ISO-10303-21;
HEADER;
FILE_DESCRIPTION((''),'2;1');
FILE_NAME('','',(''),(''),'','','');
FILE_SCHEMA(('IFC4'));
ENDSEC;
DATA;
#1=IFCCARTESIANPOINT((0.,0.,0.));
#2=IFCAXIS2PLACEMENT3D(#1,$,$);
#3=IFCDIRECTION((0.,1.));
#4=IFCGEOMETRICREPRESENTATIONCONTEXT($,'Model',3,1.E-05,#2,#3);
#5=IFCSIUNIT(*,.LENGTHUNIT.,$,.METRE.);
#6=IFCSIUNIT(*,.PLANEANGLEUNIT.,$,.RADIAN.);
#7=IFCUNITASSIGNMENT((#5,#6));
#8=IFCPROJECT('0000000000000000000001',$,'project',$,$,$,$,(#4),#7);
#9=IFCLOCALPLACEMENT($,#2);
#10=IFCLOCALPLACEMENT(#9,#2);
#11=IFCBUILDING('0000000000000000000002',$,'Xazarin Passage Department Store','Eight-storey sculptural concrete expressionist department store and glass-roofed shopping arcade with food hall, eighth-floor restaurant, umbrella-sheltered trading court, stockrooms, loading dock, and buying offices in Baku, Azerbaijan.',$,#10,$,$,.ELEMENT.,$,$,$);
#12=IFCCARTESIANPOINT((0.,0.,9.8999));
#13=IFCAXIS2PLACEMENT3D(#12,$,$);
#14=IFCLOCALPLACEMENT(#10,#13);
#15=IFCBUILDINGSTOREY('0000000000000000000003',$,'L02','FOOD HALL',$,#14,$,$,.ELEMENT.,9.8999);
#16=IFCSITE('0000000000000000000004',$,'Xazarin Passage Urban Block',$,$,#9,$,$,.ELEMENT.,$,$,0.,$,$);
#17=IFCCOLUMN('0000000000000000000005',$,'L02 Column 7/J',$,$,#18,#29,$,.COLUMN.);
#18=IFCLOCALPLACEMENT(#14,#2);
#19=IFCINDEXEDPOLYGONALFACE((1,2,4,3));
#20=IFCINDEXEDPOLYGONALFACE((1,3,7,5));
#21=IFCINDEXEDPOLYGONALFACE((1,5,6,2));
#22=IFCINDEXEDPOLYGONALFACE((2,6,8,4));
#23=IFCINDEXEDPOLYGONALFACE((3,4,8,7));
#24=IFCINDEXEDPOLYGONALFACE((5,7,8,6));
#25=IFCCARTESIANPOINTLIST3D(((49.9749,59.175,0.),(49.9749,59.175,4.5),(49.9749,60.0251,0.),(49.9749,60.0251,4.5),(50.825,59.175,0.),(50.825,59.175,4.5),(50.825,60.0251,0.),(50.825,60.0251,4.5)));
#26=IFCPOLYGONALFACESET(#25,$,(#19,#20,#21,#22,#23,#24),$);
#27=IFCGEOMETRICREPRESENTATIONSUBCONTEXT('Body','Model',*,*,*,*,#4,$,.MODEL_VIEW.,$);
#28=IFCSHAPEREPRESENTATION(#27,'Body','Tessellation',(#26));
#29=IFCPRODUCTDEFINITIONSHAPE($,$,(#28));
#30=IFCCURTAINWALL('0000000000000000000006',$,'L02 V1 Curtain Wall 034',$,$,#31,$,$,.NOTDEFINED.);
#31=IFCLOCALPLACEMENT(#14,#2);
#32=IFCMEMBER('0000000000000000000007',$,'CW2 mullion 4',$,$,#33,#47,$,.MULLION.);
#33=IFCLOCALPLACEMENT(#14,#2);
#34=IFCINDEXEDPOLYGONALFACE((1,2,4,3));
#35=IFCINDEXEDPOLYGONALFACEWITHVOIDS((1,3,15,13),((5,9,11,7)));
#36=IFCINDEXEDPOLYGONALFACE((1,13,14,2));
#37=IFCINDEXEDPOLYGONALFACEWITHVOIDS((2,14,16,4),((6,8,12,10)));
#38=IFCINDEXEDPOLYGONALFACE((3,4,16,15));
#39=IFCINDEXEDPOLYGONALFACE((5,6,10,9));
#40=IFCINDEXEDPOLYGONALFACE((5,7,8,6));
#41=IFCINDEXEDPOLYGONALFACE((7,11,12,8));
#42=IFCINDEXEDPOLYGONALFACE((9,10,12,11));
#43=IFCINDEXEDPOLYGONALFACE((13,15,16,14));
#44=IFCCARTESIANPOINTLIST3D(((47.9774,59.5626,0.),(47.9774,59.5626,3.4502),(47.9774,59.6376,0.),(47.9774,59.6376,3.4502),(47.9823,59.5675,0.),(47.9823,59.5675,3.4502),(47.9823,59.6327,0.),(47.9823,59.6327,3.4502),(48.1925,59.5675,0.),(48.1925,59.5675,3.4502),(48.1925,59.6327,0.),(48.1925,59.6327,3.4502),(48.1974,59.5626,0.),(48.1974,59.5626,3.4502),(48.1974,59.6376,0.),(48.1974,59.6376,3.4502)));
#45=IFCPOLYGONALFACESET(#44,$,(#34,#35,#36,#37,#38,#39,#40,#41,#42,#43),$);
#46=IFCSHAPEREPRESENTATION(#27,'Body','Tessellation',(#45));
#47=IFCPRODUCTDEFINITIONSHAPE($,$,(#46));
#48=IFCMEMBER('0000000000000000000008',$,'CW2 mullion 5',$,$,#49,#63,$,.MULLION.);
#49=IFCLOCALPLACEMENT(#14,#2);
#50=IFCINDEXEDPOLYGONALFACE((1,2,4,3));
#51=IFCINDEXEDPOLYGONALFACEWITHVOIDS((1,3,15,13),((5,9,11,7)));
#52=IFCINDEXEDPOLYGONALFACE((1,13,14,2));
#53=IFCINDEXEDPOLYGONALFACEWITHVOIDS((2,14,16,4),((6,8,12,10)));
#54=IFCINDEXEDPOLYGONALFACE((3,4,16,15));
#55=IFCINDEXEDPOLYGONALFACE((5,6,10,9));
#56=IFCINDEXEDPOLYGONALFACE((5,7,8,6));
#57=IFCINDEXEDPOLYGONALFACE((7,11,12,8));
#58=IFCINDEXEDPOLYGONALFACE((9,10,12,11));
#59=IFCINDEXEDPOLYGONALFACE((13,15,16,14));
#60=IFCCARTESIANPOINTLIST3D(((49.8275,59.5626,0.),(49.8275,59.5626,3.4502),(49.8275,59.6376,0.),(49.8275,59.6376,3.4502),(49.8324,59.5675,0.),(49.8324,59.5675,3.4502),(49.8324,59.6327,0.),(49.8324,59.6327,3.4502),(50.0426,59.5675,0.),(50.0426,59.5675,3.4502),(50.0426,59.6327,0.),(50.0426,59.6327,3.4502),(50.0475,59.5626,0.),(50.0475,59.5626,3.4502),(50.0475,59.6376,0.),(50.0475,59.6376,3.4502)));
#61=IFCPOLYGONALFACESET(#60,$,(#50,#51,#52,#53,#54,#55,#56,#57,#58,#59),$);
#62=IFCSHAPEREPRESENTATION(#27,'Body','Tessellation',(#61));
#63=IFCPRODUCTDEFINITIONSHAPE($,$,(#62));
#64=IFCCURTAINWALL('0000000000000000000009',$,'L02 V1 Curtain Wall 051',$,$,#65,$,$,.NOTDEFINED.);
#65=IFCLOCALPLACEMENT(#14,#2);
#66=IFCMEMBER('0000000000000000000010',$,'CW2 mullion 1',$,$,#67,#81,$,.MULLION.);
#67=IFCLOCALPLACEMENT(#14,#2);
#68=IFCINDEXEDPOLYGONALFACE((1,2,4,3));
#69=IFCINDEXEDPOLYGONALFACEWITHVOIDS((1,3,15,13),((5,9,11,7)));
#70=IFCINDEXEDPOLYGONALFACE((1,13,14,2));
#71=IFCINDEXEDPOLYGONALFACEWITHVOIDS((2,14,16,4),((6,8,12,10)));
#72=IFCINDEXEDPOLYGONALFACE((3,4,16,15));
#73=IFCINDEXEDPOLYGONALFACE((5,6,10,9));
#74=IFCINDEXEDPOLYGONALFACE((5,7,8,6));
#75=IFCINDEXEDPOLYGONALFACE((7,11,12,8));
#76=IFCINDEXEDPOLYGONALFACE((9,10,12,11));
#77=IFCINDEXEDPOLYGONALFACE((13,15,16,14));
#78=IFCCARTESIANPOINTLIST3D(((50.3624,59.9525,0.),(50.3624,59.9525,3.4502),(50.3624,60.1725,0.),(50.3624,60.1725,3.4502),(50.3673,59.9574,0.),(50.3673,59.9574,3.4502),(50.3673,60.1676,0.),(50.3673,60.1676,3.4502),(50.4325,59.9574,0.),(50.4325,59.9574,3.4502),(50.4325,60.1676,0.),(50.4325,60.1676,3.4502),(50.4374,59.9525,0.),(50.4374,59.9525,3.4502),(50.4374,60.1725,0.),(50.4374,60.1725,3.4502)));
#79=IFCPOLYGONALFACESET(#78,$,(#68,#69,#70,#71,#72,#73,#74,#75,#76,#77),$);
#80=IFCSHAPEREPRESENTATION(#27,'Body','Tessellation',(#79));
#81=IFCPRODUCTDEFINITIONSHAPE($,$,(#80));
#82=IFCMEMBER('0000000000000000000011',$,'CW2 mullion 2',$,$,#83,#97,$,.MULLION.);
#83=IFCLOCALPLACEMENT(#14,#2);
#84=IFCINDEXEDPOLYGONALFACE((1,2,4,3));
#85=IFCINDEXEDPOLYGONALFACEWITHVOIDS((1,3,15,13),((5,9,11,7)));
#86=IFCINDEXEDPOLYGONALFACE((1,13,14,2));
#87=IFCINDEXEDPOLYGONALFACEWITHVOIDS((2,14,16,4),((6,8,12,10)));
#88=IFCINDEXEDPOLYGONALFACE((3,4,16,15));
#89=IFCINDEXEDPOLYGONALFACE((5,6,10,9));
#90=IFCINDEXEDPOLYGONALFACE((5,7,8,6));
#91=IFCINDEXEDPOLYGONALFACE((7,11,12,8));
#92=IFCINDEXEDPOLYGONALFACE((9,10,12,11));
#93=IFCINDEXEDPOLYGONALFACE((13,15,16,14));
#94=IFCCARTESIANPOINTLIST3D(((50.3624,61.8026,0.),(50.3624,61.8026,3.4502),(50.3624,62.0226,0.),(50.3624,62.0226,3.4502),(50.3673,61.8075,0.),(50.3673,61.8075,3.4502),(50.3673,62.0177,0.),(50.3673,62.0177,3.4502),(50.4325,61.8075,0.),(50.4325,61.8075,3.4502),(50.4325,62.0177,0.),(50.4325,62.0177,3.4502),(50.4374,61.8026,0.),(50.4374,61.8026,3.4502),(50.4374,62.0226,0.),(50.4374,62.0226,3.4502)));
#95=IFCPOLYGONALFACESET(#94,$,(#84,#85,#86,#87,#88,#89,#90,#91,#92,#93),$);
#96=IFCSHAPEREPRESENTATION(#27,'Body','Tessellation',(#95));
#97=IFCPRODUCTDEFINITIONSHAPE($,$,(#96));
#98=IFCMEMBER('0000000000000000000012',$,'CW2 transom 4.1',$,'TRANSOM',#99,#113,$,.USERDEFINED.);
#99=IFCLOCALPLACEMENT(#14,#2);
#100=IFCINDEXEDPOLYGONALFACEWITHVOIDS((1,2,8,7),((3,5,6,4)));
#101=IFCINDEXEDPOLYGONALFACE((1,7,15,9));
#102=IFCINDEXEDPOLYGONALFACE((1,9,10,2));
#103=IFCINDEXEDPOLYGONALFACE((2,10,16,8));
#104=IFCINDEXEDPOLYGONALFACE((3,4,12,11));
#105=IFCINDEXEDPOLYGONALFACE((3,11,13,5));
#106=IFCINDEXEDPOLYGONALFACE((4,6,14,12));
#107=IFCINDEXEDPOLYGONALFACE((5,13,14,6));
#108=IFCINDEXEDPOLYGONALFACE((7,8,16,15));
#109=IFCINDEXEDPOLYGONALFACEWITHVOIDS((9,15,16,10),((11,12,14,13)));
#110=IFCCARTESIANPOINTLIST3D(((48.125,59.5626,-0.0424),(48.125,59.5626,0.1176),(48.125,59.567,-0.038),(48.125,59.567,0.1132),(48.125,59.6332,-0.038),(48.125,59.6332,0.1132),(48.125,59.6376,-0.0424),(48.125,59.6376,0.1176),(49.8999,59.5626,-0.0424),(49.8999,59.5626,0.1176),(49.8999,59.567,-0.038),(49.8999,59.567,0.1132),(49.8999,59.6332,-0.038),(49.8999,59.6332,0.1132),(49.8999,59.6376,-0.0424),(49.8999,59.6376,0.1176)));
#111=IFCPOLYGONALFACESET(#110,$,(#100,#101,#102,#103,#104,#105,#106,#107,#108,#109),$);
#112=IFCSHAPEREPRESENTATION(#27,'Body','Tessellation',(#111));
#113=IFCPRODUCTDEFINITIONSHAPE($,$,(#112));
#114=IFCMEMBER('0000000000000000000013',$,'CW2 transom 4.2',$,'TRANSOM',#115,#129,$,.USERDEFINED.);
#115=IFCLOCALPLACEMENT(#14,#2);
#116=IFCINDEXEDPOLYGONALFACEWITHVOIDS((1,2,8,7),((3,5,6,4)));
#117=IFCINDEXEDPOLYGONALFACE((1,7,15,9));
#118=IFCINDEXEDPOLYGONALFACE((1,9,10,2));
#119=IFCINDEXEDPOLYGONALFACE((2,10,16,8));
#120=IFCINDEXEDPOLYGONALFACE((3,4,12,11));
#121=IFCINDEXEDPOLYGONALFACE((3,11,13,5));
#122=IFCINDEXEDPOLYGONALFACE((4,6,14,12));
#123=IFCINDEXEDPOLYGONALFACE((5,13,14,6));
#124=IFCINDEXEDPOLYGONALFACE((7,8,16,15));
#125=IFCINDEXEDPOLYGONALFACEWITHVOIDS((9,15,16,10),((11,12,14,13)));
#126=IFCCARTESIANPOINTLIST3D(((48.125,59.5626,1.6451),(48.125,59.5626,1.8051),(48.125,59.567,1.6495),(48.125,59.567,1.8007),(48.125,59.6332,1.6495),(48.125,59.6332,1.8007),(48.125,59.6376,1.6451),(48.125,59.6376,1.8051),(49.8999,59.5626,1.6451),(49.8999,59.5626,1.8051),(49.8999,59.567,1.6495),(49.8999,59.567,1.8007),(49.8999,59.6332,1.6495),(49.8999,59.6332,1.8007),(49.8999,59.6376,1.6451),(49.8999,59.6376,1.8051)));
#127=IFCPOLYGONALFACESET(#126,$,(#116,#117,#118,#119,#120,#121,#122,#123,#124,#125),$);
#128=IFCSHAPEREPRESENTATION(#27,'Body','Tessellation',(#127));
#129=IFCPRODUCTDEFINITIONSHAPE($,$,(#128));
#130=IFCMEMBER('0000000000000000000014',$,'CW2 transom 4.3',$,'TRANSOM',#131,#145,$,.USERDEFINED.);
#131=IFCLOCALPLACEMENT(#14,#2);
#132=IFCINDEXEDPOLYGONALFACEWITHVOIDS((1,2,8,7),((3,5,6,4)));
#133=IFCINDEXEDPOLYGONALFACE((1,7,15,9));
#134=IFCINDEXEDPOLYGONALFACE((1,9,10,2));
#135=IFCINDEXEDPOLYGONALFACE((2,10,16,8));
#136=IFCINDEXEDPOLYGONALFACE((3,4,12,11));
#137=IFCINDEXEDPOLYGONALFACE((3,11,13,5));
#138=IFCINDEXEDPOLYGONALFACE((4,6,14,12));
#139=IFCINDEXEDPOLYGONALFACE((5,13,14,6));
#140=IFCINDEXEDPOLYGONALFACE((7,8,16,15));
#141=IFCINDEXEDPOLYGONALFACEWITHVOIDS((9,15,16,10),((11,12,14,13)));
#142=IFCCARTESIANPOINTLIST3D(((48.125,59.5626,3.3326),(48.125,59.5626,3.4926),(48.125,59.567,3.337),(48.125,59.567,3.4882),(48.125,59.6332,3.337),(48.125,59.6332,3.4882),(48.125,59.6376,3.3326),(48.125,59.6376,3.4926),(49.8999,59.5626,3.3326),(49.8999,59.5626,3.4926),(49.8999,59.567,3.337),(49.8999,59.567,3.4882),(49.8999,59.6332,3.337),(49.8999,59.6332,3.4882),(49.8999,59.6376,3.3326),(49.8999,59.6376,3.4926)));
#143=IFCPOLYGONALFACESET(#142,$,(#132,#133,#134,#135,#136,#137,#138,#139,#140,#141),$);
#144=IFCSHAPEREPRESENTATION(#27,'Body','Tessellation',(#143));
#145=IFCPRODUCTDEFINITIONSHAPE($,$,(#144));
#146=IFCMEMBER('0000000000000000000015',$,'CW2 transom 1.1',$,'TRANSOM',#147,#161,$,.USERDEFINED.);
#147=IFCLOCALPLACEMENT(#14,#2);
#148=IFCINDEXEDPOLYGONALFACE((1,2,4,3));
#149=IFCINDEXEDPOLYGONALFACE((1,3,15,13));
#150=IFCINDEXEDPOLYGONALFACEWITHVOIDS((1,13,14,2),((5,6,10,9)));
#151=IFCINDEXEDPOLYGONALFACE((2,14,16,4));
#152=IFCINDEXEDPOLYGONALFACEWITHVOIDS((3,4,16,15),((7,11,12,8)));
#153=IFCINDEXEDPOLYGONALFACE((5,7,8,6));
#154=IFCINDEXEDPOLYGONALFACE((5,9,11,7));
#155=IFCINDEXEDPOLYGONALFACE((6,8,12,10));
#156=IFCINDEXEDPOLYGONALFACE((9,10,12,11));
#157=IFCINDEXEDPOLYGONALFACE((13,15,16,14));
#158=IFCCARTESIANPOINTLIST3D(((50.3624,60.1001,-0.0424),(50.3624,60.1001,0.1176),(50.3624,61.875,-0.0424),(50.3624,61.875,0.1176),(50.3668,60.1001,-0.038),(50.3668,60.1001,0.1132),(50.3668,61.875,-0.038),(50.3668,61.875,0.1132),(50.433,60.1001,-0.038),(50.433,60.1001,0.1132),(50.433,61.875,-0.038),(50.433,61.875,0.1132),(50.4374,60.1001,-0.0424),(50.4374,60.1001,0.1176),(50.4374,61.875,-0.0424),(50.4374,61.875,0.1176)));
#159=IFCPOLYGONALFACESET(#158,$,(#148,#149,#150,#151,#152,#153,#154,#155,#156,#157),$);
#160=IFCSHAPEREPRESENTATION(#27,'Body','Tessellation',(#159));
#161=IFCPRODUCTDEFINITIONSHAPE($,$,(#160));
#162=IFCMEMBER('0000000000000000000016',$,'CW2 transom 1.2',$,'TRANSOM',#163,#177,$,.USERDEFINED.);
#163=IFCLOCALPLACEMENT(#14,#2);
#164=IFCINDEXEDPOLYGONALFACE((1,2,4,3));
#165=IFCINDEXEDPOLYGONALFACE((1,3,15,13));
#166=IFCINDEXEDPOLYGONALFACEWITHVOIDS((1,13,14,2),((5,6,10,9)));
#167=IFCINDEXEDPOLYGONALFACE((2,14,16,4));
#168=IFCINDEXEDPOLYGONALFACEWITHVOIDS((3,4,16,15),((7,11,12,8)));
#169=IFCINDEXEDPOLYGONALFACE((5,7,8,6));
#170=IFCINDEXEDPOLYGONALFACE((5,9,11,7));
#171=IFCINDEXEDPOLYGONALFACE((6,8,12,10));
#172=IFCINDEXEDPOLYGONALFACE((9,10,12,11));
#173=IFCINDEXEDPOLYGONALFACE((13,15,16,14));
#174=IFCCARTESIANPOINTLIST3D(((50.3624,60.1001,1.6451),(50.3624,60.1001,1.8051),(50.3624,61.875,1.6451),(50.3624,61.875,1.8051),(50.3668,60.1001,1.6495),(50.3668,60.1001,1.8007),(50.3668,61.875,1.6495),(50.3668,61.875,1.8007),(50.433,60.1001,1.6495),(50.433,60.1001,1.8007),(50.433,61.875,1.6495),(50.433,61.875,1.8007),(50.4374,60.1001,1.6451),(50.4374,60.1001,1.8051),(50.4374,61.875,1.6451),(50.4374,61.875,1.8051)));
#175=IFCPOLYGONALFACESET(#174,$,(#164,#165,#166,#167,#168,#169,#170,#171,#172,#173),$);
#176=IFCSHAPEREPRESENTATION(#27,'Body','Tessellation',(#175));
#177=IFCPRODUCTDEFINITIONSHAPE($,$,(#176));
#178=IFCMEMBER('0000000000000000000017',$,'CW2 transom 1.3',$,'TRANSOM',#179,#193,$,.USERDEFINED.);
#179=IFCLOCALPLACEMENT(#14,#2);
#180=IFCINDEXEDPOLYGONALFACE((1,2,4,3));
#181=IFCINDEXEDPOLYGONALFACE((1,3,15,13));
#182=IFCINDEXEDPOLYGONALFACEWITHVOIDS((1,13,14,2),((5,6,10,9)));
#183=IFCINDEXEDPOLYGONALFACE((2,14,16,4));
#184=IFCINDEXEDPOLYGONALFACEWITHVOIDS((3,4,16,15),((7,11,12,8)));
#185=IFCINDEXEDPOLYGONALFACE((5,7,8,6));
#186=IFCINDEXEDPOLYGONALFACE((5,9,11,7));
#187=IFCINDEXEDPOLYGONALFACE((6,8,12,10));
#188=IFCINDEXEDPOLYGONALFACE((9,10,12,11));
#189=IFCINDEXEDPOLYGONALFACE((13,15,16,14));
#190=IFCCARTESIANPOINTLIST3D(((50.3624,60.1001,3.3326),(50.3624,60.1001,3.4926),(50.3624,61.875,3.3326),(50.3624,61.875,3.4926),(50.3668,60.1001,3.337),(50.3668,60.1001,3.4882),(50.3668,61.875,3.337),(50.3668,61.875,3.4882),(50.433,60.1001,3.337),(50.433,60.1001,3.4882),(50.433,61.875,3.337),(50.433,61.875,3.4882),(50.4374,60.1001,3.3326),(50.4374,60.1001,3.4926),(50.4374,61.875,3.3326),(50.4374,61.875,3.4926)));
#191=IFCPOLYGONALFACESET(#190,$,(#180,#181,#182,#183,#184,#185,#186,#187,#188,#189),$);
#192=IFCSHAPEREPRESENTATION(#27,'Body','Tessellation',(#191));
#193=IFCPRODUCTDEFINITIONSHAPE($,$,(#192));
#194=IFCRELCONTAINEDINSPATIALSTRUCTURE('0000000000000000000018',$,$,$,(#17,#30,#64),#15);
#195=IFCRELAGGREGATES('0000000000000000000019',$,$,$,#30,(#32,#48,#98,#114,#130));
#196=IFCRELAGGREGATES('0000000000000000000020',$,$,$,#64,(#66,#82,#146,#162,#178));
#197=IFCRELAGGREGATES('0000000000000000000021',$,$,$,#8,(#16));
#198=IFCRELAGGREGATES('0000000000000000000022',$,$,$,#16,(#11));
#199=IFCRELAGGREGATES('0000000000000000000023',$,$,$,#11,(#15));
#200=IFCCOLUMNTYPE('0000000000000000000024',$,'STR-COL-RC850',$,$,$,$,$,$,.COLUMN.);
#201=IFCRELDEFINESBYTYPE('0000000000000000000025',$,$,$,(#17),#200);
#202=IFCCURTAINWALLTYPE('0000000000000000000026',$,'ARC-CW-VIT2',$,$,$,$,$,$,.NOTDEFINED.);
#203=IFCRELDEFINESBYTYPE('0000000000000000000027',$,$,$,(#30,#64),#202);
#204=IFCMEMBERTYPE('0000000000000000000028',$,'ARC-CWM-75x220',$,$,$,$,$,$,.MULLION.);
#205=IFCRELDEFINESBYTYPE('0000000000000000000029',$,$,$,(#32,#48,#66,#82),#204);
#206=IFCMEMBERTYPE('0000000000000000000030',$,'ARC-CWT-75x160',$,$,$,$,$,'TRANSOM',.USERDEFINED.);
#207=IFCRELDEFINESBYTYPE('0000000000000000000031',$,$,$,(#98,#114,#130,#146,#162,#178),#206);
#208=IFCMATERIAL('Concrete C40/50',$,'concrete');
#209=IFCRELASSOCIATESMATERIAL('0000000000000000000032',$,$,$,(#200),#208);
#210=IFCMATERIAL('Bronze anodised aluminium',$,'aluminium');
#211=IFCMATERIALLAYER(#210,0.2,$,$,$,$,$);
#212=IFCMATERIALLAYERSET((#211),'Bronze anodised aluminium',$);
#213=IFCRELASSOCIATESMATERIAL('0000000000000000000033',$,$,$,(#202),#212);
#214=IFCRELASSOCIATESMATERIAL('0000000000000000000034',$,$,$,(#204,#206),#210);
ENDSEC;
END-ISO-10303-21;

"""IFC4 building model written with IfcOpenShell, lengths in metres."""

from ifc_helpers import new_model, si_unit, direction, frame, origin, origin_2d, place, context, subcontext, project, spatial, rectangle, hollow_rectangle, extrude, material, layer, layer_set, material_profile, profile_set, type_object, element, aggregate, save


model = new_model("IFC4")

# Units and contexts
model_context = context("Model", 3, precision=1e-05, world=origin(), true_north=direction((0.0, 1.0)))
body_context = subcontext(model_context, "Body", "Model", "MODEL_VIEW")
ifc_project = project(units=[si_unit("LENGTHUNIT", "METRE"), si_unit("PLANEANGLEUNIT", "RADIAN")], contexts=[model_context])

# Site, building, storey
site_placement = place(None, origin())
site = spatial("IfcSite", under=ifc_project, at=site_placement, Name="Xazarin Passage Urban Block", CompositionType="ELEMENT", RefElevation=0.0)
building_placement = place(site_placement, origin())
building = spatial("IfcBuilding", under=site, at=building_placement, Name="Xazarin Passage Department Store", Description="Eight-storey sculptural concrete expressionist department store and glass-roofed shopping arcade with food hall, eighth-floor restaurant, umbrella-sheltered trading court, stockrooms, loading dock, and buying offices in Baku, Azerbaijan.", CompositionType="ELEMENT")
storey_placement = place(building_placement, frame((0.0, 0.0, 9.8999)))
storey = spatial("IfcBuildingStorey", under=building, at=storey_placement, Name="L02", Description="FOOD HALL", CompositionType="ELEMENT", Elevation=9.8999)

# Column
ifc_material_1 = material(Name="Concrete C40/50", Category="concrete")
ifc_material_profile_1 = material_profile(ifc_material_1, rectangle(XDim=0.8501, YDim=0.8501, at=origin_2d()), Name="RC 850x850")
ifc_profile_set_1 = profile_set([ifc_material_profile_1], Name="Concrete C40/50")
column_type = type_object("IfcColumnType", Name="STR-COL-RC850", PredefinedType="COLUMN", material=ifc_profile_set_1)
column_placement = place(storey_placement, frame((50.3999, 59.6001, 0.0), z_axis=(0.0, 0.0, 1.0), x_axis=(1.0, 0.0, 0.0)))
element("IfcColumn", 1, at=column_placement, inside=storey, type_object=column_type, Name="L02 Column 7/J", PredefinedType="COLUMN", context=body_context, shape_type="SweptSolid", body=[
    extrude(rectangle(XDim=0.8501, YDim=0.8501, at=origin_2d()), origin(), (0.0, 0.0, 1.0), 4.5),
])

# Curtain walls, members
ifc_material_2 = material(Name="Bronze anodised aluminium", Category="aluminium")
ifc_layer_1 = layer(ifc_material_2, 0.2)
ifc_layer_set_1 = layer_set([ifc_layer_1], Name="Bronze anodised aluminium")
curtain_wall_type = type_object("IfcCurtainWallType", Name="ARC-CW-VIT2", PredefinedType="NOTDEFINED", material=ifc_layer_set_1)
curtain_wall_1_placement = place(storey_placement, origin())
curtain_wall_1 = element("IfcCurtainWall", 2, at=curtain_wall_1_placement, inside=storey, type_object=curtain_wall_type, Name="L02 V1 Curtain Wall 034", PredefinedType="NOTDEFINED")
ifc_material_profile_2 = material_profile(ifc_material_2, hollow_rectangle(XDim=0.075, YDim=0.22, WallThickness=0.0049, at=origin_2d()), Name="ALU 75x220")
ifc_profile_set_2 = profile_set([ifc_material_profile_2], Name="Bronze anodised aluminium")
member_type_1 = type_object("IfcMemberType", Name="ARC-CWM-75x220", PredefinedType="MULLION", material=ifc_profile_set_2)
member_1_placement = place(storey_placement, frame((48.0874, 59.6001, 0.0), z_axis=(0.0, 0.0, 1.0), x_axis=(0.0, 1.0, 0.0)))
member_1 = element("IfcMember", 3, at=member_1_placement, type_object=member_type_1, Name="CW2 mullion 4", PredefinedType="MULLION", context=body_context, shape_type="SweptSolid", body=[
    extrude(hollow_rectangle(XDim=0.075, YDim=0.22, WallThickness=0.0049, at=origin_2d()), origin(), (0.0, 0.0, 1.0), 3.4502),
])
member_2_placement = place(storey_placement, frame((49.9375, 59.6001, 0.0), z_axis=(0.0, 0.0, 1.0), x_axis=(0.0, 1.0, 0.0)))
member_2 = element("IfcMember", 4, at=member_2_placement, type_object=member_type_1, Name="CW2 mullion 5", PredefinedType="MULLION", context=body_context, shape_type="SweptSolid", body=[
    extrude(hollow_rectangle(XDim=0.075, YDim=0.22, WallThickness=0.0049, at=origin_2d()), origin(), (0.0, 0.0, 1.0), 3.4502),
])
curtain_wall_2_placement = place(storey_placement, origin())
curtain_wall_2 = element("IfcCurtainWall", 5, at=curtain_wall_2_placement, inside=storey, type_object=curtain_wall_type, Name="L02 V1 Curtain Wall 051", PredefinedType="NOTDEFINED")
member_3_placement = place(storey_placement, frame((50.3999, 60.0625, 0.0), z_axis=(0.0, 0.0, 1.0), x_axis=(-1.0, 0.0, 0.0)))
member_3 = element("IfcMember", 6, at=member_3_placement, type_object=member_type_1, Name="CW2 mullion 1", PredefinedType="MULLION", context=body_context, shape_type="SweptSolid", body=[
    extrude(hollow_rectangle(XDim=0.075, YDim=0.22, WallThickness=0.0049, at=origin_2d()), origin(), (0.0, 0.0, 1.0), 3.4502),
])
member_4_placement = place(storey_placement, frame((50.3999, 61.9126, 0.0), z_axis=(0.0, 0.0, 1.0), x_axis=(-1.0, 0.0, 0.0)))
member_4 = element("IfcMember", 7, at=member_4_placement, type_object=member_type_1, Name="CW2 mullion 2", PredefinedType="MULLION", context=body_context, shape_type="SweptSolid", body=[
    extrude(hollow_rectangle(XDim=0.075, YDim=0.22, WallThickness=0.0049, at=origin_2d()), origin(), (0.0, 0.0, 1.0), 3.4502),
])

# Members
ifc_material_profile_3 = material_profile(ifc_material_2, hollow_rectangle(XDim=0.075, YDim=0.1599, WallThickness=0.0044, at=origin_2d()), Name="ALU 75x160")
ifc_profile_set_3 = profile_set([ifc_material_profile_3], Name="Bronze anodised aluminium")
member_type_2 = type_object("IfcMemberType", Name="ARC-CWT-75x160", ElementType="TRANSOM", PredefinedType="USERDEFINED", material=ifc_profile_set_3)
member_5_placement = place(storey_placement, frame((48.125, 59.6001, 0.0376), z_axis=(1.0, 0.0, 0.0), x_axis=(0.0, 1.0, 0.0)))
member_5 = element("IfcMember", 8, at=member_5_placement, type_object=member_type_2, Name="CW2 transom 4.1", ObjectType="TRANSOM", PredefinedType="USERDEFINED", context=body_context, shape_type="SweptSolid", body=[
    extrude(hollow_rectangle(XDim=0.075, YDim=0.1599, WallThickness=0.0044, at=origin_2d()), origin(), (0.0, 0.0, 1.0), 1.7749),
])
member_6_placement = place(storey_placement, frame((48.125, 59.6001, 1.7251), z_axis=(1.0, 0.0, 0.0), x_axis=(0.0, 1.0, 0.0)))
member_6 = element("IfcMember", 9, at=member_6_placement, type_object=member_type_2, Name="CW2 transom 4.2", ObjectType="TRANSOM", PredefinedType="USERDEFINED", context=body_context, shape_type="SweptSolid", body=[
    extrude(hollow_rectangle(XDim=0.075, YDim=0.1599, WallThickness=0.0044, at=origin_2d()), origin(), (0.0, 0.0, 1.0), 1.7749),
])
member_7_placement = place(storey_placement, frame((48.125, 59.6001, 3.4126), z_axis=(1.0, 0.0, 0.0), x_axis=(0.0, 1.0, 0.0)))
member_7 = element("IfcMember", 10, at=member_7_placement, type_object=member_type_2, Name="CW2 transom 4.3", ObjectType="TRANSOM", PredefinedType="USERDEFINED", context=body_context, shape_type="SweptSolid", body=[
    extrude(hollow_rectangle(XDim=0.075, YDim=0.1599, WallThickness=0.0044, at=origin_2d()), origin(), (0.0, 0.0, 1.0), 1.7749),
])
member_8_placement = place(storey_placement, frame((50.3999, 60.1001, 0.0376), z_axis=(0.0, 1.0, 0.0), x_axis=(-1.0, 0.0, 0.0)))
member_8 = element("IfcMember", 11, at=member_8_placement, type_object=member_type_2, Name="CW2 transom 1.1", ObjectType="TRANSOM", PredefinedType="USERDEFINED", context=body_context, shape_type="SweptSolid", body=[
    extrude(hollow_rectangle(XDim=0.075, YDim=0.1599, WallThickness=0.0044, at=origin_2d()), origin(), (0.0, 0.0, 1.0), 1.7749),
])
member_9_placement = place(storey_placement, frame((50.3999, 60.1001, 1.7251), z_axis=(0.0, 1.0, 0.0), x_axis=(-1.0, 0.0, 0.0)))
member_9 = element("IfcMember", 12, at=member_9_placement, type_object=member_type_2, Name="CW2 transom 1.2", ObjectType="TRANSOM", PredefinedType="USERDEFINED", context=body_context, shape_type="SweptSolid", body=[
    extrude(hollow_rectangle(XDim=0.075, YDim=0.1599, WallThickness=0.0044, at=origin_2d()), origin(), (0.0, 0.0, 1.0), 1.7749),
])
member_10_placement = place(storey_placement, frame((50.3999, 60.1001, 3.4126), z_axis=(0.0, 1.0, 0.0), x_axis=(-1.0, 0.0, 0.0)))
member_10 = element("IfcMember", 13, at=member_10_placement, type_object=member_type_2, Name="CW2 transom 1.3", ObjectType="TRANSOM", PredefinedType="USERDEFINED", context=body_context, shape_type="SweptSolid", body=[
    extrude(hollow_rectangle(XDim=0.075, YDim=0.1599, WallThickness=0.0044, at=origin_2d()), origin(), (0.0, 0.0, 1.0), 1.7749),
])

aggregate(curtain_wall_1, [member_1, member_2, member_5, member_6, member_7])
aggregate(curtain_wall_2, [member_3, member_4, member_8, member_9, member_10])

save(model, "model.ifc")
